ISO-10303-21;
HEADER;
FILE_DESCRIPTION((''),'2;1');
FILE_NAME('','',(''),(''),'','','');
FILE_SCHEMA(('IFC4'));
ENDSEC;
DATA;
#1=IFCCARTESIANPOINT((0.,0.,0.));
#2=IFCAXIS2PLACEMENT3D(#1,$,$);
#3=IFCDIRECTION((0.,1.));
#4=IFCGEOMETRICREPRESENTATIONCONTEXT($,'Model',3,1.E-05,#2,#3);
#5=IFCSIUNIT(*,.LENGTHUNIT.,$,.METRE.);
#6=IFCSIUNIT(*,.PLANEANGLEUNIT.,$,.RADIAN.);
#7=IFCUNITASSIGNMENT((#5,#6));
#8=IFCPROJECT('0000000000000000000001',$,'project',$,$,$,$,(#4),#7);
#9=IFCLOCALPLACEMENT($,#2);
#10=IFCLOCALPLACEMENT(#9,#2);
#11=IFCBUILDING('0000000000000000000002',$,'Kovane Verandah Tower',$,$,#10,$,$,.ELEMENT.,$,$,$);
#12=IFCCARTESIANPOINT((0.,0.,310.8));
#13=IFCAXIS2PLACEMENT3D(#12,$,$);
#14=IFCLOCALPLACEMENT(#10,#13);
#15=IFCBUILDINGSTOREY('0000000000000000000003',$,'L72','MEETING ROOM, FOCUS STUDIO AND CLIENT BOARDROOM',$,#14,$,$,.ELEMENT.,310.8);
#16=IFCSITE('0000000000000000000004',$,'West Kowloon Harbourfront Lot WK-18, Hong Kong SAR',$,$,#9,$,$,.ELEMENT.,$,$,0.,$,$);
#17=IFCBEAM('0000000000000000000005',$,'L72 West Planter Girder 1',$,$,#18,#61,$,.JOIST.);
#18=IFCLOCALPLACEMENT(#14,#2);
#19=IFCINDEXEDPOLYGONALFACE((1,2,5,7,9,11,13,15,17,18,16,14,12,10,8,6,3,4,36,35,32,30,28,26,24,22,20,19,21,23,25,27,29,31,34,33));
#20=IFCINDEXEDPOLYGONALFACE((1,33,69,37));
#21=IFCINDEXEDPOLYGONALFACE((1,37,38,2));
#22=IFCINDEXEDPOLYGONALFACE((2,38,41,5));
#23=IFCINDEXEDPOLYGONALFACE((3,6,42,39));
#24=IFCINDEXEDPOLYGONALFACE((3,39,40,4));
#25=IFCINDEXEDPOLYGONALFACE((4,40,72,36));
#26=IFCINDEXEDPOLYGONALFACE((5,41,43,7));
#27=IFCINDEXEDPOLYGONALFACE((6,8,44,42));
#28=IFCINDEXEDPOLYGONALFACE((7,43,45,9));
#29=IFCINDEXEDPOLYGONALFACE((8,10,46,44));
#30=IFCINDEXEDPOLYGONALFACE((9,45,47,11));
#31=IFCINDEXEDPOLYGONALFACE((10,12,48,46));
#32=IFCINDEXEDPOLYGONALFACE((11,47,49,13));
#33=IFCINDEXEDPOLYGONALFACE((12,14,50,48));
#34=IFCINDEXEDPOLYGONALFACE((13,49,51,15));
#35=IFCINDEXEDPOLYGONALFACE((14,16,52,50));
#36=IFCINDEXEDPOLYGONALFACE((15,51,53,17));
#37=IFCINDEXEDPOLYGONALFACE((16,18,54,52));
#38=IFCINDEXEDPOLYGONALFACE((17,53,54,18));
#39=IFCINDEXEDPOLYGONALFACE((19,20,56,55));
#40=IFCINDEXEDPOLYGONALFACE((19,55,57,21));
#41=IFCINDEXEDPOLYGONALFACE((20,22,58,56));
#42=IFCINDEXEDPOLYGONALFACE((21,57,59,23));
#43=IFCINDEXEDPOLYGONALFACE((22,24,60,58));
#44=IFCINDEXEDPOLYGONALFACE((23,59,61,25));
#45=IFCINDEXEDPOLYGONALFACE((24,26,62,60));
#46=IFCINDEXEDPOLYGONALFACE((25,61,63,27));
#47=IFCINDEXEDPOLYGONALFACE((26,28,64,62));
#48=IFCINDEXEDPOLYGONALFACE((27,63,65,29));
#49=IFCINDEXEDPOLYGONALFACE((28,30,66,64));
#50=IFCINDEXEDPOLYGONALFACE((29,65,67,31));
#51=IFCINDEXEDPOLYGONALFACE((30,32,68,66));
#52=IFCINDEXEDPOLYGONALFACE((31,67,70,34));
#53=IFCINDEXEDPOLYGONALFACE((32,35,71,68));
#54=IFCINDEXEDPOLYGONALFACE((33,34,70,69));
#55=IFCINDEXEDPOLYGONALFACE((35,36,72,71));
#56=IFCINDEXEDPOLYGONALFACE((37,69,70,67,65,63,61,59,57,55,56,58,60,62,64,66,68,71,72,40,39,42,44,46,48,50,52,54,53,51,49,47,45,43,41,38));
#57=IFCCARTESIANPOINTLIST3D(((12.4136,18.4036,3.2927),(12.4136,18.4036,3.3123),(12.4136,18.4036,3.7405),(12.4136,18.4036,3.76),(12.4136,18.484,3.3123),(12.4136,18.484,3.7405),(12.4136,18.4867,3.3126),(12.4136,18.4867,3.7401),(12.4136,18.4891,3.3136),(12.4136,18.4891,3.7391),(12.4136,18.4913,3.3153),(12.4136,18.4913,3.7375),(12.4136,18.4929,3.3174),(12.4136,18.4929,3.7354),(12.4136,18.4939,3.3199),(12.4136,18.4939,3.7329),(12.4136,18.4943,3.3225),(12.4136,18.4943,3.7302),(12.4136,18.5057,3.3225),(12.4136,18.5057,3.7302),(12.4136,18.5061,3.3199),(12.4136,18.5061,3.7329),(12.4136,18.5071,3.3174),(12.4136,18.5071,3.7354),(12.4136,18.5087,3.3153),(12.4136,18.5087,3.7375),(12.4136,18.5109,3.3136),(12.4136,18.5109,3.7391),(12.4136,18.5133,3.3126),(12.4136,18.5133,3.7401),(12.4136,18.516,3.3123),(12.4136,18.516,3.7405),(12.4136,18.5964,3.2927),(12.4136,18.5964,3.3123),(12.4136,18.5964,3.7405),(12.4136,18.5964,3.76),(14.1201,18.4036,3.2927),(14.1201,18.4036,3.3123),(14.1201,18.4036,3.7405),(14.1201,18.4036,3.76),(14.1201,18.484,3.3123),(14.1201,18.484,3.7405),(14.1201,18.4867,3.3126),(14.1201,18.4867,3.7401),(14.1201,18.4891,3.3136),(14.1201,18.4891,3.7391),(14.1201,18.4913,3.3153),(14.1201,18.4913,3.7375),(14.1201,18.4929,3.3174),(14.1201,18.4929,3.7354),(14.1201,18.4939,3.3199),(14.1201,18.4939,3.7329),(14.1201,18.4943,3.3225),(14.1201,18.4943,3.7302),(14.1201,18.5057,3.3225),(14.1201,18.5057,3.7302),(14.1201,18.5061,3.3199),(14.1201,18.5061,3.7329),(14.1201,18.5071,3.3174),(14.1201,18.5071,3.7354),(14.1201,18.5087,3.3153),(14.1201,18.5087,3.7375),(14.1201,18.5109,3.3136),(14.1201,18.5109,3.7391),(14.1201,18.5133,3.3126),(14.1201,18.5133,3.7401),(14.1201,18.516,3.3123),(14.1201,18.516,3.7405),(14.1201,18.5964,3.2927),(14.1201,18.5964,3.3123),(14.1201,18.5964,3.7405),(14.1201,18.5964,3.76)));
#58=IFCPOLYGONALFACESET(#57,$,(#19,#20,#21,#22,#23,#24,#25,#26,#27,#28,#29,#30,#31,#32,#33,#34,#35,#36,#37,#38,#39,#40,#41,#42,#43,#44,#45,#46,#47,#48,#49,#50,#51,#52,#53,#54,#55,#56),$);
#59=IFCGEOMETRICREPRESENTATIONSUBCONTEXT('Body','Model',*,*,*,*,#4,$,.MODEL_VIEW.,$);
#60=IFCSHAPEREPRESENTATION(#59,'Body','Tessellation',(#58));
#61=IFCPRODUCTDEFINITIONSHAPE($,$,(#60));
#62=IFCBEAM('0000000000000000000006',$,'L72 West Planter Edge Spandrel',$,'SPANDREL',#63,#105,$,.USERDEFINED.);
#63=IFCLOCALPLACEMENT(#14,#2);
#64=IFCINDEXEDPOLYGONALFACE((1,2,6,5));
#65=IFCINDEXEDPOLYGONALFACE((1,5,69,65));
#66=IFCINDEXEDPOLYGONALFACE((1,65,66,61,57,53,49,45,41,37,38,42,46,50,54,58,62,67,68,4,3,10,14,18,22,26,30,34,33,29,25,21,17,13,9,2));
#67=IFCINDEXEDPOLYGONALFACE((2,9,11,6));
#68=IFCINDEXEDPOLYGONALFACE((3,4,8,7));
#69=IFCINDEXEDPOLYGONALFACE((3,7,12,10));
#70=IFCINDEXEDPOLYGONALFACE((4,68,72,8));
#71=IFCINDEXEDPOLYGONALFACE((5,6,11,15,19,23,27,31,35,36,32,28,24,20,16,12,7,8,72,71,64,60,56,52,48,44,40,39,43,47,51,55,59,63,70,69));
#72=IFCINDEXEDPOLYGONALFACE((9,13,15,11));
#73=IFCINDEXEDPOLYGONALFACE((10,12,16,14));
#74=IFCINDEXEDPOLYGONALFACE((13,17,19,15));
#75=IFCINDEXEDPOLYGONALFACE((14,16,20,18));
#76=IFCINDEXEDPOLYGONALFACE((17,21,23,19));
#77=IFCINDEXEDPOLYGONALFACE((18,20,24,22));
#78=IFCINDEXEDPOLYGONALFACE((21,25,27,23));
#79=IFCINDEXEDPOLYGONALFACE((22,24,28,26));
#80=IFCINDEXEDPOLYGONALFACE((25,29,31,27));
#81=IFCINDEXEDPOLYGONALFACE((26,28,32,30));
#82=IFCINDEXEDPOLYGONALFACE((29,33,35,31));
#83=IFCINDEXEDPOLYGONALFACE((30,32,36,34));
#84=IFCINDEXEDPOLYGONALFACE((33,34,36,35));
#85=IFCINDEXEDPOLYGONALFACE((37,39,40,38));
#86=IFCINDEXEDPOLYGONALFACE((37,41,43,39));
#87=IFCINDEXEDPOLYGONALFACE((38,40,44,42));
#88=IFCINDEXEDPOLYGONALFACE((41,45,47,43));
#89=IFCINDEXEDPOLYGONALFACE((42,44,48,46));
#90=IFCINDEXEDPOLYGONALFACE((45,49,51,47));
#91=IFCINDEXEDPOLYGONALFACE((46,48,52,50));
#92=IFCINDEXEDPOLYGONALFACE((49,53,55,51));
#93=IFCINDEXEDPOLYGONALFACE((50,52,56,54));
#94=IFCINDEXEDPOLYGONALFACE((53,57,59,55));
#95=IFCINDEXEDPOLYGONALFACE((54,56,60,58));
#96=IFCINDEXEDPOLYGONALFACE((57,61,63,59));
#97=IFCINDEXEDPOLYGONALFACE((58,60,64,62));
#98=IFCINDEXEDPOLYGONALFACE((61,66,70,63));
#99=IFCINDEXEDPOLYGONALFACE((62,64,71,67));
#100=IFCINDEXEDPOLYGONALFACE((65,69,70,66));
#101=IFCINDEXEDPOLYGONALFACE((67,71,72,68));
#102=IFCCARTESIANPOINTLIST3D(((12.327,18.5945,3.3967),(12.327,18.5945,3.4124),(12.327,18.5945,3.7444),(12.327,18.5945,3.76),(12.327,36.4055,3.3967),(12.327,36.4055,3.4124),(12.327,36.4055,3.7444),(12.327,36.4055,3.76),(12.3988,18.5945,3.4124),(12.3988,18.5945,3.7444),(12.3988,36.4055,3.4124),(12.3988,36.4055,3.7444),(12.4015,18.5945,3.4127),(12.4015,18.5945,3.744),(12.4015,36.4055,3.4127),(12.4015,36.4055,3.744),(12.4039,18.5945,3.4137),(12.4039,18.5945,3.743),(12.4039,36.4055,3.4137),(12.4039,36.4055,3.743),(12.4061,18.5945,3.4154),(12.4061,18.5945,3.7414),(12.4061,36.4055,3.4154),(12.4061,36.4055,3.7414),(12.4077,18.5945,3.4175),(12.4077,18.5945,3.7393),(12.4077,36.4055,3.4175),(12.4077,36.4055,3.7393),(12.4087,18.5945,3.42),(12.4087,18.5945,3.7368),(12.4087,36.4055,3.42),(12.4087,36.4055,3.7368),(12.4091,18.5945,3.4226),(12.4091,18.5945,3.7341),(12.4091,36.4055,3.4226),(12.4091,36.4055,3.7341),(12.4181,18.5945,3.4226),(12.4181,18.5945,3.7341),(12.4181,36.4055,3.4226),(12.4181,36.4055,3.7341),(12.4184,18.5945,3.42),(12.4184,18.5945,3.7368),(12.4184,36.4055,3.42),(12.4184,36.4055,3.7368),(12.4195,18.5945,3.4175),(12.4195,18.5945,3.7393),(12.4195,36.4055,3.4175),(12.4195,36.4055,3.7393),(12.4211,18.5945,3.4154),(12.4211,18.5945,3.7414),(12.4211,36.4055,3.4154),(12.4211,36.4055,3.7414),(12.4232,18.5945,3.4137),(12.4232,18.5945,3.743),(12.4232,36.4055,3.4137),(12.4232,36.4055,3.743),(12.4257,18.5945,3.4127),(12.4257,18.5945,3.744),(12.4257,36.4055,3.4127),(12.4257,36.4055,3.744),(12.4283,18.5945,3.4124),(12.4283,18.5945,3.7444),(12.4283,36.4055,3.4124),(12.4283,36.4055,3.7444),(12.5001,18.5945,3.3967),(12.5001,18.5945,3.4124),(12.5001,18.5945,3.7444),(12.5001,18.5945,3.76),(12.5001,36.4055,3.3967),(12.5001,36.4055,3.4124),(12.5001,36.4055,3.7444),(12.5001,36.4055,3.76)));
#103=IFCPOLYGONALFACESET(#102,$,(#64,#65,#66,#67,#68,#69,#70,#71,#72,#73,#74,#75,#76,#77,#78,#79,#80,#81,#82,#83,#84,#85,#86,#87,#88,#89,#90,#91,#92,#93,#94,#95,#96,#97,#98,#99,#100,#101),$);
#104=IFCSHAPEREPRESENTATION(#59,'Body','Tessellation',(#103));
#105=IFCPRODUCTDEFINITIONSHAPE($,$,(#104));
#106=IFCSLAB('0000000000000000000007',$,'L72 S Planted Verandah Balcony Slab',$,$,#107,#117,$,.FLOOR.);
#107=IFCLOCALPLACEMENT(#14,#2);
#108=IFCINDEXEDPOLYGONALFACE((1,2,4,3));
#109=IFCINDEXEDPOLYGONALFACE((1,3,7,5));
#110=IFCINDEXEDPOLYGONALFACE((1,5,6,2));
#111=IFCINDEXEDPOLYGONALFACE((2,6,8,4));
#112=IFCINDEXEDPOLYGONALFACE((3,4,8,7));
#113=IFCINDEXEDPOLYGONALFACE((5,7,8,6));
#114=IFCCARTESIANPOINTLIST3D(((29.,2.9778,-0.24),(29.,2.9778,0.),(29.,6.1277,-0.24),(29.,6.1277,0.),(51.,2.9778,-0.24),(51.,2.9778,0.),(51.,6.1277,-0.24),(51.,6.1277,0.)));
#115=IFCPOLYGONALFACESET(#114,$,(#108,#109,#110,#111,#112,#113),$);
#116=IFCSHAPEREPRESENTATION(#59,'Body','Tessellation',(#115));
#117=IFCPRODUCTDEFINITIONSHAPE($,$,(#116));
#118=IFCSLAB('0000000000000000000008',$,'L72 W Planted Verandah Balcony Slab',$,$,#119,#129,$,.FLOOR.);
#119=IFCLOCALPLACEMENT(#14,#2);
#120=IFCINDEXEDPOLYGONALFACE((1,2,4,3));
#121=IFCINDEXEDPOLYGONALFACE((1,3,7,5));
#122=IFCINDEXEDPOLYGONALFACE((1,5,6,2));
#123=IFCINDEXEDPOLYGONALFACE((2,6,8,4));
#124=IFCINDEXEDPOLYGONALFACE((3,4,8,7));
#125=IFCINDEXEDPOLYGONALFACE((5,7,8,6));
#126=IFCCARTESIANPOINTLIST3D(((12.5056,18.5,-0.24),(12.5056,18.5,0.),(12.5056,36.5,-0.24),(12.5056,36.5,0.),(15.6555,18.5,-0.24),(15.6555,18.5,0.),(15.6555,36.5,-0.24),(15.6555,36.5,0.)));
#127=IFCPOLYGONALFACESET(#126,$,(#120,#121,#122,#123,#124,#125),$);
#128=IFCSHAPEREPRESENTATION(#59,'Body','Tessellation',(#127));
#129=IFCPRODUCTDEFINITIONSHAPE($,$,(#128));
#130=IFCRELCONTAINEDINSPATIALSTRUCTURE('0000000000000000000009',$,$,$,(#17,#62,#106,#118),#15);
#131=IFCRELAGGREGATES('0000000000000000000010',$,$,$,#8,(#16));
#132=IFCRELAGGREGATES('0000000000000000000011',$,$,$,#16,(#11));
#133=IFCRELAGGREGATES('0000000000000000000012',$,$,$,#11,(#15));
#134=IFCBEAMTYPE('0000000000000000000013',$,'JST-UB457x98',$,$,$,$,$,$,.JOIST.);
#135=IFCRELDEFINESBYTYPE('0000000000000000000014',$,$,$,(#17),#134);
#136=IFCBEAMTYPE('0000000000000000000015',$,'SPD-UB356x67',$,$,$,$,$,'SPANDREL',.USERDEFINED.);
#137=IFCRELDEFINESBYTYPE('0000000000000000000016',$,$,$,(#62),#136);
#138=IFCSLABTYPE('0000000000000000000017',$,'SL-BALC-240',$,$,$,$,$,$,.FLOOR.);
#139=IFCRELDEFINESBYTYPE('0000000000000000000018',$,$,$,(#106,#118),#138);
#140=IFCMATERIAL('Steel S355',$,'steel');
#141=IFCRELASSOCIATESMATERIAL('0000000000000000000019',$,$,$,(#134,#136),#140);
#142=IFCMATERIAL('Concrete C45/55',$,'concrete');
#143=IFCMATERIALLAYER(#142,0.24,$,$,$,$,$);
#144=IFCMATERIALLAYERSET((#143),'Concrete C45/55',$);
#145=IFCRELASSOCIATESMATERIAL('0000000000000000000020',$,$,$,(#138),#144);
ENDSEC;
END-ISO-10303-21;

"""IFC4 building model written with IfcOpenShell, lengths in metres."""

from ifc_helpers import new_model, si_unit, direction, frame, origin, origin_2d, place, context, subcontext, project, spatial, polyline, i_section, outline, extrude, material, layer, layer_set, material_profile, profile_set, type_object, element, save


model = new_model("IFC4")

# Units and contexts
model_context = context("Model", 3, precision=1e-05, world=origin(), true_north=direction((0.0, 1.0)))
body_context = subcontext(model_context, "Body", "Model", "MODEL_VIEW")
ifc_project = project(units=[si_unit("LENGTHUNIT", "METRE"), si_unit("PLANEANGLEUNIT", "RADIAN")], contexts=[model_context])

# Site, building, storey
site_placement = place(None, origin())
site = spatial("IfcSite", under=ifc_project, at=site_placement, Name="West Kowloon Harbourfront Lot WK-18, Hong Kong SAR", CompositionType="ELEMENT", RefElevation=0.0)
building_placement = place(site_placement, origin())
building = spatial("IfcBuilding", under=site, at=building_placement, Name="Kovane Verandah Tower", CompositionType="ELEMENT")
storey_placement = place(building_placement, frame((0.0, 0.0, 310.8)))
storey = spatial("IfcBuildingStorey", under=building, at=storey_placement, Name="L72", Description="MEETING ROOM, FOCUS STUDIO AND CLIENT BOARDROOM", CompositionType="ELEMENT", Elevation=310.8)

# Beams
ifc_material_1 = material(Name="Steel S355", Category="steel")
ifc_material_profile_1 = material_profile(ifc_material_1, i_section(OverallWidth=0.1929, OverallDepth=0.4673, WebThickness=0.0115, FlangeThickness=0.0195, FilletRadius=0.0103, at=origin_2d()), Name="UB457x191x98")
ifc_profile_set_1 = profile_set([ifc_material_profile_1], Name="Steel S355")
beam_type_1 = type_object("IfcBeamType", Name="JST-UB457x98", PredefinedType="JOIST", material=ifc_profile_set_1)
beam_1_placement = place(storey_placement, frame((14.1201, 18.5, 3.5264), z_axis=(-1.0, 0.0, 0.0), x_axis=(0.0, -1.0, 0.0)))
element("IfcBeam", 1, at=beam_1_placement, inside=storey, type_object=beam_type_1, Name="L72 West Planter Girder 1", PredefinedType="JOIST", context=body_context, shape_type="SweptSolid", body=[
    extrude(i_section(OverallWidth=0.1929, OverallDepth=0.4673, WebThickness=0.0115, FlangeThickness=0.0195, FilletRadius=0.0103, at=origin_2d()), origin(), (0.0, 0.0, 1.0), 1.7065),
])
ifc_material_profile_2 = material_profile(ifc_material_1, i_section(OverallWidth=0.1731, OverallDepth=0.3633, WebThickness=0.009, FlangeThickness=0.0156, FilletRadius=0.0103, at=origin_2d()), Name="UB356x171x67")
ifc_profile_set_2 = profile_set([ifc_material_profile_2], Name="Steel S355")
beam_type_2 = type_object("IfcBeamType", Name="SPD-UB356x67", ElementType="SPANDREL", PredefinedType="USERDEFINED", material=ifc_profile_set_2)
beam_2_placement = place(storey_placement, frame((12.4136, 18.5945, 3.5784), z_axis=(0.0, 1.0, 0.0), x_axis=(-1.0, 0.0, 0.0)))
element("IfcBeam", 2, at=beam_2_placement, inside=storey, type_object=beam_type_2, Name="L72 West Planter Edge Spandrel", ObjectType="SPANDREL", PredefinedType="USERDEFINED", context=body_context, shape_type="SweptSolid", body=[
    extrude(i_section(OverallWidth=0.1731, OverallDepth=0.3633, WebThickness=0.009, FlangeThickness=0.0156, FilletRadius=0.0103, at=origin_2d()), origin(), (0.0, 0.0, 1.0), 17.811),
])

# Slabs
ifc_material_2 = material(Name="Concrete C45/55", Category="concrete")
ifc_layer_1 = layer(ifc_material_2, 0.24)
ifc_layer_set_1 = layer_set([ifc_layer_1], Name="Concrete C45/55")
slab_type_1 = type_object("IfcSlabType", Name="SL-BALC-240", PredefinedType="FLOOR", material=ifc_layer_set_1)
slab_1_placement = place(storey_placement, frame((0.0, 0.0, -0.24)))
element("IfcSlab", 3, at=slab_1_placement, inside=storey, type_object=slab_type_1, Name="L72 S Planted Verandah Balcony Slab", PredefinedType="FLOOR", context=body_context, shape_type="SweptSolid", body=[
    extrude(outline(polyline([(29.0, 2.9778), (51.0, 2.9778), (51.0, 6.1277), (29.0, 6.1277), (29.0, 2.9778)])), origin(), (0.0, 0.0, 1.0), 0.24),
])
slab_2_placement = place(storey_placement, frame((0.0, 0.0, -0.24)))
element("IfcSlab", 4, at=slab_2_placement, inside=storey, type_object=slab_type_1, Name="L72 W Planted Verandah Balcony Slab", PredefinedType="FLOOR", context=body_context, shape_type="SweptSolid", body=[
    extrude(outline(polyline([(12.5056, 18.5), (15.6555, 18.5), (15.6555, 36.5), (12.5056, 36.5), (12.5056, 18.5)])), origin(), (0.0, 0.0, 1.0), 0.24),
])

save(model, "model.ifc")
